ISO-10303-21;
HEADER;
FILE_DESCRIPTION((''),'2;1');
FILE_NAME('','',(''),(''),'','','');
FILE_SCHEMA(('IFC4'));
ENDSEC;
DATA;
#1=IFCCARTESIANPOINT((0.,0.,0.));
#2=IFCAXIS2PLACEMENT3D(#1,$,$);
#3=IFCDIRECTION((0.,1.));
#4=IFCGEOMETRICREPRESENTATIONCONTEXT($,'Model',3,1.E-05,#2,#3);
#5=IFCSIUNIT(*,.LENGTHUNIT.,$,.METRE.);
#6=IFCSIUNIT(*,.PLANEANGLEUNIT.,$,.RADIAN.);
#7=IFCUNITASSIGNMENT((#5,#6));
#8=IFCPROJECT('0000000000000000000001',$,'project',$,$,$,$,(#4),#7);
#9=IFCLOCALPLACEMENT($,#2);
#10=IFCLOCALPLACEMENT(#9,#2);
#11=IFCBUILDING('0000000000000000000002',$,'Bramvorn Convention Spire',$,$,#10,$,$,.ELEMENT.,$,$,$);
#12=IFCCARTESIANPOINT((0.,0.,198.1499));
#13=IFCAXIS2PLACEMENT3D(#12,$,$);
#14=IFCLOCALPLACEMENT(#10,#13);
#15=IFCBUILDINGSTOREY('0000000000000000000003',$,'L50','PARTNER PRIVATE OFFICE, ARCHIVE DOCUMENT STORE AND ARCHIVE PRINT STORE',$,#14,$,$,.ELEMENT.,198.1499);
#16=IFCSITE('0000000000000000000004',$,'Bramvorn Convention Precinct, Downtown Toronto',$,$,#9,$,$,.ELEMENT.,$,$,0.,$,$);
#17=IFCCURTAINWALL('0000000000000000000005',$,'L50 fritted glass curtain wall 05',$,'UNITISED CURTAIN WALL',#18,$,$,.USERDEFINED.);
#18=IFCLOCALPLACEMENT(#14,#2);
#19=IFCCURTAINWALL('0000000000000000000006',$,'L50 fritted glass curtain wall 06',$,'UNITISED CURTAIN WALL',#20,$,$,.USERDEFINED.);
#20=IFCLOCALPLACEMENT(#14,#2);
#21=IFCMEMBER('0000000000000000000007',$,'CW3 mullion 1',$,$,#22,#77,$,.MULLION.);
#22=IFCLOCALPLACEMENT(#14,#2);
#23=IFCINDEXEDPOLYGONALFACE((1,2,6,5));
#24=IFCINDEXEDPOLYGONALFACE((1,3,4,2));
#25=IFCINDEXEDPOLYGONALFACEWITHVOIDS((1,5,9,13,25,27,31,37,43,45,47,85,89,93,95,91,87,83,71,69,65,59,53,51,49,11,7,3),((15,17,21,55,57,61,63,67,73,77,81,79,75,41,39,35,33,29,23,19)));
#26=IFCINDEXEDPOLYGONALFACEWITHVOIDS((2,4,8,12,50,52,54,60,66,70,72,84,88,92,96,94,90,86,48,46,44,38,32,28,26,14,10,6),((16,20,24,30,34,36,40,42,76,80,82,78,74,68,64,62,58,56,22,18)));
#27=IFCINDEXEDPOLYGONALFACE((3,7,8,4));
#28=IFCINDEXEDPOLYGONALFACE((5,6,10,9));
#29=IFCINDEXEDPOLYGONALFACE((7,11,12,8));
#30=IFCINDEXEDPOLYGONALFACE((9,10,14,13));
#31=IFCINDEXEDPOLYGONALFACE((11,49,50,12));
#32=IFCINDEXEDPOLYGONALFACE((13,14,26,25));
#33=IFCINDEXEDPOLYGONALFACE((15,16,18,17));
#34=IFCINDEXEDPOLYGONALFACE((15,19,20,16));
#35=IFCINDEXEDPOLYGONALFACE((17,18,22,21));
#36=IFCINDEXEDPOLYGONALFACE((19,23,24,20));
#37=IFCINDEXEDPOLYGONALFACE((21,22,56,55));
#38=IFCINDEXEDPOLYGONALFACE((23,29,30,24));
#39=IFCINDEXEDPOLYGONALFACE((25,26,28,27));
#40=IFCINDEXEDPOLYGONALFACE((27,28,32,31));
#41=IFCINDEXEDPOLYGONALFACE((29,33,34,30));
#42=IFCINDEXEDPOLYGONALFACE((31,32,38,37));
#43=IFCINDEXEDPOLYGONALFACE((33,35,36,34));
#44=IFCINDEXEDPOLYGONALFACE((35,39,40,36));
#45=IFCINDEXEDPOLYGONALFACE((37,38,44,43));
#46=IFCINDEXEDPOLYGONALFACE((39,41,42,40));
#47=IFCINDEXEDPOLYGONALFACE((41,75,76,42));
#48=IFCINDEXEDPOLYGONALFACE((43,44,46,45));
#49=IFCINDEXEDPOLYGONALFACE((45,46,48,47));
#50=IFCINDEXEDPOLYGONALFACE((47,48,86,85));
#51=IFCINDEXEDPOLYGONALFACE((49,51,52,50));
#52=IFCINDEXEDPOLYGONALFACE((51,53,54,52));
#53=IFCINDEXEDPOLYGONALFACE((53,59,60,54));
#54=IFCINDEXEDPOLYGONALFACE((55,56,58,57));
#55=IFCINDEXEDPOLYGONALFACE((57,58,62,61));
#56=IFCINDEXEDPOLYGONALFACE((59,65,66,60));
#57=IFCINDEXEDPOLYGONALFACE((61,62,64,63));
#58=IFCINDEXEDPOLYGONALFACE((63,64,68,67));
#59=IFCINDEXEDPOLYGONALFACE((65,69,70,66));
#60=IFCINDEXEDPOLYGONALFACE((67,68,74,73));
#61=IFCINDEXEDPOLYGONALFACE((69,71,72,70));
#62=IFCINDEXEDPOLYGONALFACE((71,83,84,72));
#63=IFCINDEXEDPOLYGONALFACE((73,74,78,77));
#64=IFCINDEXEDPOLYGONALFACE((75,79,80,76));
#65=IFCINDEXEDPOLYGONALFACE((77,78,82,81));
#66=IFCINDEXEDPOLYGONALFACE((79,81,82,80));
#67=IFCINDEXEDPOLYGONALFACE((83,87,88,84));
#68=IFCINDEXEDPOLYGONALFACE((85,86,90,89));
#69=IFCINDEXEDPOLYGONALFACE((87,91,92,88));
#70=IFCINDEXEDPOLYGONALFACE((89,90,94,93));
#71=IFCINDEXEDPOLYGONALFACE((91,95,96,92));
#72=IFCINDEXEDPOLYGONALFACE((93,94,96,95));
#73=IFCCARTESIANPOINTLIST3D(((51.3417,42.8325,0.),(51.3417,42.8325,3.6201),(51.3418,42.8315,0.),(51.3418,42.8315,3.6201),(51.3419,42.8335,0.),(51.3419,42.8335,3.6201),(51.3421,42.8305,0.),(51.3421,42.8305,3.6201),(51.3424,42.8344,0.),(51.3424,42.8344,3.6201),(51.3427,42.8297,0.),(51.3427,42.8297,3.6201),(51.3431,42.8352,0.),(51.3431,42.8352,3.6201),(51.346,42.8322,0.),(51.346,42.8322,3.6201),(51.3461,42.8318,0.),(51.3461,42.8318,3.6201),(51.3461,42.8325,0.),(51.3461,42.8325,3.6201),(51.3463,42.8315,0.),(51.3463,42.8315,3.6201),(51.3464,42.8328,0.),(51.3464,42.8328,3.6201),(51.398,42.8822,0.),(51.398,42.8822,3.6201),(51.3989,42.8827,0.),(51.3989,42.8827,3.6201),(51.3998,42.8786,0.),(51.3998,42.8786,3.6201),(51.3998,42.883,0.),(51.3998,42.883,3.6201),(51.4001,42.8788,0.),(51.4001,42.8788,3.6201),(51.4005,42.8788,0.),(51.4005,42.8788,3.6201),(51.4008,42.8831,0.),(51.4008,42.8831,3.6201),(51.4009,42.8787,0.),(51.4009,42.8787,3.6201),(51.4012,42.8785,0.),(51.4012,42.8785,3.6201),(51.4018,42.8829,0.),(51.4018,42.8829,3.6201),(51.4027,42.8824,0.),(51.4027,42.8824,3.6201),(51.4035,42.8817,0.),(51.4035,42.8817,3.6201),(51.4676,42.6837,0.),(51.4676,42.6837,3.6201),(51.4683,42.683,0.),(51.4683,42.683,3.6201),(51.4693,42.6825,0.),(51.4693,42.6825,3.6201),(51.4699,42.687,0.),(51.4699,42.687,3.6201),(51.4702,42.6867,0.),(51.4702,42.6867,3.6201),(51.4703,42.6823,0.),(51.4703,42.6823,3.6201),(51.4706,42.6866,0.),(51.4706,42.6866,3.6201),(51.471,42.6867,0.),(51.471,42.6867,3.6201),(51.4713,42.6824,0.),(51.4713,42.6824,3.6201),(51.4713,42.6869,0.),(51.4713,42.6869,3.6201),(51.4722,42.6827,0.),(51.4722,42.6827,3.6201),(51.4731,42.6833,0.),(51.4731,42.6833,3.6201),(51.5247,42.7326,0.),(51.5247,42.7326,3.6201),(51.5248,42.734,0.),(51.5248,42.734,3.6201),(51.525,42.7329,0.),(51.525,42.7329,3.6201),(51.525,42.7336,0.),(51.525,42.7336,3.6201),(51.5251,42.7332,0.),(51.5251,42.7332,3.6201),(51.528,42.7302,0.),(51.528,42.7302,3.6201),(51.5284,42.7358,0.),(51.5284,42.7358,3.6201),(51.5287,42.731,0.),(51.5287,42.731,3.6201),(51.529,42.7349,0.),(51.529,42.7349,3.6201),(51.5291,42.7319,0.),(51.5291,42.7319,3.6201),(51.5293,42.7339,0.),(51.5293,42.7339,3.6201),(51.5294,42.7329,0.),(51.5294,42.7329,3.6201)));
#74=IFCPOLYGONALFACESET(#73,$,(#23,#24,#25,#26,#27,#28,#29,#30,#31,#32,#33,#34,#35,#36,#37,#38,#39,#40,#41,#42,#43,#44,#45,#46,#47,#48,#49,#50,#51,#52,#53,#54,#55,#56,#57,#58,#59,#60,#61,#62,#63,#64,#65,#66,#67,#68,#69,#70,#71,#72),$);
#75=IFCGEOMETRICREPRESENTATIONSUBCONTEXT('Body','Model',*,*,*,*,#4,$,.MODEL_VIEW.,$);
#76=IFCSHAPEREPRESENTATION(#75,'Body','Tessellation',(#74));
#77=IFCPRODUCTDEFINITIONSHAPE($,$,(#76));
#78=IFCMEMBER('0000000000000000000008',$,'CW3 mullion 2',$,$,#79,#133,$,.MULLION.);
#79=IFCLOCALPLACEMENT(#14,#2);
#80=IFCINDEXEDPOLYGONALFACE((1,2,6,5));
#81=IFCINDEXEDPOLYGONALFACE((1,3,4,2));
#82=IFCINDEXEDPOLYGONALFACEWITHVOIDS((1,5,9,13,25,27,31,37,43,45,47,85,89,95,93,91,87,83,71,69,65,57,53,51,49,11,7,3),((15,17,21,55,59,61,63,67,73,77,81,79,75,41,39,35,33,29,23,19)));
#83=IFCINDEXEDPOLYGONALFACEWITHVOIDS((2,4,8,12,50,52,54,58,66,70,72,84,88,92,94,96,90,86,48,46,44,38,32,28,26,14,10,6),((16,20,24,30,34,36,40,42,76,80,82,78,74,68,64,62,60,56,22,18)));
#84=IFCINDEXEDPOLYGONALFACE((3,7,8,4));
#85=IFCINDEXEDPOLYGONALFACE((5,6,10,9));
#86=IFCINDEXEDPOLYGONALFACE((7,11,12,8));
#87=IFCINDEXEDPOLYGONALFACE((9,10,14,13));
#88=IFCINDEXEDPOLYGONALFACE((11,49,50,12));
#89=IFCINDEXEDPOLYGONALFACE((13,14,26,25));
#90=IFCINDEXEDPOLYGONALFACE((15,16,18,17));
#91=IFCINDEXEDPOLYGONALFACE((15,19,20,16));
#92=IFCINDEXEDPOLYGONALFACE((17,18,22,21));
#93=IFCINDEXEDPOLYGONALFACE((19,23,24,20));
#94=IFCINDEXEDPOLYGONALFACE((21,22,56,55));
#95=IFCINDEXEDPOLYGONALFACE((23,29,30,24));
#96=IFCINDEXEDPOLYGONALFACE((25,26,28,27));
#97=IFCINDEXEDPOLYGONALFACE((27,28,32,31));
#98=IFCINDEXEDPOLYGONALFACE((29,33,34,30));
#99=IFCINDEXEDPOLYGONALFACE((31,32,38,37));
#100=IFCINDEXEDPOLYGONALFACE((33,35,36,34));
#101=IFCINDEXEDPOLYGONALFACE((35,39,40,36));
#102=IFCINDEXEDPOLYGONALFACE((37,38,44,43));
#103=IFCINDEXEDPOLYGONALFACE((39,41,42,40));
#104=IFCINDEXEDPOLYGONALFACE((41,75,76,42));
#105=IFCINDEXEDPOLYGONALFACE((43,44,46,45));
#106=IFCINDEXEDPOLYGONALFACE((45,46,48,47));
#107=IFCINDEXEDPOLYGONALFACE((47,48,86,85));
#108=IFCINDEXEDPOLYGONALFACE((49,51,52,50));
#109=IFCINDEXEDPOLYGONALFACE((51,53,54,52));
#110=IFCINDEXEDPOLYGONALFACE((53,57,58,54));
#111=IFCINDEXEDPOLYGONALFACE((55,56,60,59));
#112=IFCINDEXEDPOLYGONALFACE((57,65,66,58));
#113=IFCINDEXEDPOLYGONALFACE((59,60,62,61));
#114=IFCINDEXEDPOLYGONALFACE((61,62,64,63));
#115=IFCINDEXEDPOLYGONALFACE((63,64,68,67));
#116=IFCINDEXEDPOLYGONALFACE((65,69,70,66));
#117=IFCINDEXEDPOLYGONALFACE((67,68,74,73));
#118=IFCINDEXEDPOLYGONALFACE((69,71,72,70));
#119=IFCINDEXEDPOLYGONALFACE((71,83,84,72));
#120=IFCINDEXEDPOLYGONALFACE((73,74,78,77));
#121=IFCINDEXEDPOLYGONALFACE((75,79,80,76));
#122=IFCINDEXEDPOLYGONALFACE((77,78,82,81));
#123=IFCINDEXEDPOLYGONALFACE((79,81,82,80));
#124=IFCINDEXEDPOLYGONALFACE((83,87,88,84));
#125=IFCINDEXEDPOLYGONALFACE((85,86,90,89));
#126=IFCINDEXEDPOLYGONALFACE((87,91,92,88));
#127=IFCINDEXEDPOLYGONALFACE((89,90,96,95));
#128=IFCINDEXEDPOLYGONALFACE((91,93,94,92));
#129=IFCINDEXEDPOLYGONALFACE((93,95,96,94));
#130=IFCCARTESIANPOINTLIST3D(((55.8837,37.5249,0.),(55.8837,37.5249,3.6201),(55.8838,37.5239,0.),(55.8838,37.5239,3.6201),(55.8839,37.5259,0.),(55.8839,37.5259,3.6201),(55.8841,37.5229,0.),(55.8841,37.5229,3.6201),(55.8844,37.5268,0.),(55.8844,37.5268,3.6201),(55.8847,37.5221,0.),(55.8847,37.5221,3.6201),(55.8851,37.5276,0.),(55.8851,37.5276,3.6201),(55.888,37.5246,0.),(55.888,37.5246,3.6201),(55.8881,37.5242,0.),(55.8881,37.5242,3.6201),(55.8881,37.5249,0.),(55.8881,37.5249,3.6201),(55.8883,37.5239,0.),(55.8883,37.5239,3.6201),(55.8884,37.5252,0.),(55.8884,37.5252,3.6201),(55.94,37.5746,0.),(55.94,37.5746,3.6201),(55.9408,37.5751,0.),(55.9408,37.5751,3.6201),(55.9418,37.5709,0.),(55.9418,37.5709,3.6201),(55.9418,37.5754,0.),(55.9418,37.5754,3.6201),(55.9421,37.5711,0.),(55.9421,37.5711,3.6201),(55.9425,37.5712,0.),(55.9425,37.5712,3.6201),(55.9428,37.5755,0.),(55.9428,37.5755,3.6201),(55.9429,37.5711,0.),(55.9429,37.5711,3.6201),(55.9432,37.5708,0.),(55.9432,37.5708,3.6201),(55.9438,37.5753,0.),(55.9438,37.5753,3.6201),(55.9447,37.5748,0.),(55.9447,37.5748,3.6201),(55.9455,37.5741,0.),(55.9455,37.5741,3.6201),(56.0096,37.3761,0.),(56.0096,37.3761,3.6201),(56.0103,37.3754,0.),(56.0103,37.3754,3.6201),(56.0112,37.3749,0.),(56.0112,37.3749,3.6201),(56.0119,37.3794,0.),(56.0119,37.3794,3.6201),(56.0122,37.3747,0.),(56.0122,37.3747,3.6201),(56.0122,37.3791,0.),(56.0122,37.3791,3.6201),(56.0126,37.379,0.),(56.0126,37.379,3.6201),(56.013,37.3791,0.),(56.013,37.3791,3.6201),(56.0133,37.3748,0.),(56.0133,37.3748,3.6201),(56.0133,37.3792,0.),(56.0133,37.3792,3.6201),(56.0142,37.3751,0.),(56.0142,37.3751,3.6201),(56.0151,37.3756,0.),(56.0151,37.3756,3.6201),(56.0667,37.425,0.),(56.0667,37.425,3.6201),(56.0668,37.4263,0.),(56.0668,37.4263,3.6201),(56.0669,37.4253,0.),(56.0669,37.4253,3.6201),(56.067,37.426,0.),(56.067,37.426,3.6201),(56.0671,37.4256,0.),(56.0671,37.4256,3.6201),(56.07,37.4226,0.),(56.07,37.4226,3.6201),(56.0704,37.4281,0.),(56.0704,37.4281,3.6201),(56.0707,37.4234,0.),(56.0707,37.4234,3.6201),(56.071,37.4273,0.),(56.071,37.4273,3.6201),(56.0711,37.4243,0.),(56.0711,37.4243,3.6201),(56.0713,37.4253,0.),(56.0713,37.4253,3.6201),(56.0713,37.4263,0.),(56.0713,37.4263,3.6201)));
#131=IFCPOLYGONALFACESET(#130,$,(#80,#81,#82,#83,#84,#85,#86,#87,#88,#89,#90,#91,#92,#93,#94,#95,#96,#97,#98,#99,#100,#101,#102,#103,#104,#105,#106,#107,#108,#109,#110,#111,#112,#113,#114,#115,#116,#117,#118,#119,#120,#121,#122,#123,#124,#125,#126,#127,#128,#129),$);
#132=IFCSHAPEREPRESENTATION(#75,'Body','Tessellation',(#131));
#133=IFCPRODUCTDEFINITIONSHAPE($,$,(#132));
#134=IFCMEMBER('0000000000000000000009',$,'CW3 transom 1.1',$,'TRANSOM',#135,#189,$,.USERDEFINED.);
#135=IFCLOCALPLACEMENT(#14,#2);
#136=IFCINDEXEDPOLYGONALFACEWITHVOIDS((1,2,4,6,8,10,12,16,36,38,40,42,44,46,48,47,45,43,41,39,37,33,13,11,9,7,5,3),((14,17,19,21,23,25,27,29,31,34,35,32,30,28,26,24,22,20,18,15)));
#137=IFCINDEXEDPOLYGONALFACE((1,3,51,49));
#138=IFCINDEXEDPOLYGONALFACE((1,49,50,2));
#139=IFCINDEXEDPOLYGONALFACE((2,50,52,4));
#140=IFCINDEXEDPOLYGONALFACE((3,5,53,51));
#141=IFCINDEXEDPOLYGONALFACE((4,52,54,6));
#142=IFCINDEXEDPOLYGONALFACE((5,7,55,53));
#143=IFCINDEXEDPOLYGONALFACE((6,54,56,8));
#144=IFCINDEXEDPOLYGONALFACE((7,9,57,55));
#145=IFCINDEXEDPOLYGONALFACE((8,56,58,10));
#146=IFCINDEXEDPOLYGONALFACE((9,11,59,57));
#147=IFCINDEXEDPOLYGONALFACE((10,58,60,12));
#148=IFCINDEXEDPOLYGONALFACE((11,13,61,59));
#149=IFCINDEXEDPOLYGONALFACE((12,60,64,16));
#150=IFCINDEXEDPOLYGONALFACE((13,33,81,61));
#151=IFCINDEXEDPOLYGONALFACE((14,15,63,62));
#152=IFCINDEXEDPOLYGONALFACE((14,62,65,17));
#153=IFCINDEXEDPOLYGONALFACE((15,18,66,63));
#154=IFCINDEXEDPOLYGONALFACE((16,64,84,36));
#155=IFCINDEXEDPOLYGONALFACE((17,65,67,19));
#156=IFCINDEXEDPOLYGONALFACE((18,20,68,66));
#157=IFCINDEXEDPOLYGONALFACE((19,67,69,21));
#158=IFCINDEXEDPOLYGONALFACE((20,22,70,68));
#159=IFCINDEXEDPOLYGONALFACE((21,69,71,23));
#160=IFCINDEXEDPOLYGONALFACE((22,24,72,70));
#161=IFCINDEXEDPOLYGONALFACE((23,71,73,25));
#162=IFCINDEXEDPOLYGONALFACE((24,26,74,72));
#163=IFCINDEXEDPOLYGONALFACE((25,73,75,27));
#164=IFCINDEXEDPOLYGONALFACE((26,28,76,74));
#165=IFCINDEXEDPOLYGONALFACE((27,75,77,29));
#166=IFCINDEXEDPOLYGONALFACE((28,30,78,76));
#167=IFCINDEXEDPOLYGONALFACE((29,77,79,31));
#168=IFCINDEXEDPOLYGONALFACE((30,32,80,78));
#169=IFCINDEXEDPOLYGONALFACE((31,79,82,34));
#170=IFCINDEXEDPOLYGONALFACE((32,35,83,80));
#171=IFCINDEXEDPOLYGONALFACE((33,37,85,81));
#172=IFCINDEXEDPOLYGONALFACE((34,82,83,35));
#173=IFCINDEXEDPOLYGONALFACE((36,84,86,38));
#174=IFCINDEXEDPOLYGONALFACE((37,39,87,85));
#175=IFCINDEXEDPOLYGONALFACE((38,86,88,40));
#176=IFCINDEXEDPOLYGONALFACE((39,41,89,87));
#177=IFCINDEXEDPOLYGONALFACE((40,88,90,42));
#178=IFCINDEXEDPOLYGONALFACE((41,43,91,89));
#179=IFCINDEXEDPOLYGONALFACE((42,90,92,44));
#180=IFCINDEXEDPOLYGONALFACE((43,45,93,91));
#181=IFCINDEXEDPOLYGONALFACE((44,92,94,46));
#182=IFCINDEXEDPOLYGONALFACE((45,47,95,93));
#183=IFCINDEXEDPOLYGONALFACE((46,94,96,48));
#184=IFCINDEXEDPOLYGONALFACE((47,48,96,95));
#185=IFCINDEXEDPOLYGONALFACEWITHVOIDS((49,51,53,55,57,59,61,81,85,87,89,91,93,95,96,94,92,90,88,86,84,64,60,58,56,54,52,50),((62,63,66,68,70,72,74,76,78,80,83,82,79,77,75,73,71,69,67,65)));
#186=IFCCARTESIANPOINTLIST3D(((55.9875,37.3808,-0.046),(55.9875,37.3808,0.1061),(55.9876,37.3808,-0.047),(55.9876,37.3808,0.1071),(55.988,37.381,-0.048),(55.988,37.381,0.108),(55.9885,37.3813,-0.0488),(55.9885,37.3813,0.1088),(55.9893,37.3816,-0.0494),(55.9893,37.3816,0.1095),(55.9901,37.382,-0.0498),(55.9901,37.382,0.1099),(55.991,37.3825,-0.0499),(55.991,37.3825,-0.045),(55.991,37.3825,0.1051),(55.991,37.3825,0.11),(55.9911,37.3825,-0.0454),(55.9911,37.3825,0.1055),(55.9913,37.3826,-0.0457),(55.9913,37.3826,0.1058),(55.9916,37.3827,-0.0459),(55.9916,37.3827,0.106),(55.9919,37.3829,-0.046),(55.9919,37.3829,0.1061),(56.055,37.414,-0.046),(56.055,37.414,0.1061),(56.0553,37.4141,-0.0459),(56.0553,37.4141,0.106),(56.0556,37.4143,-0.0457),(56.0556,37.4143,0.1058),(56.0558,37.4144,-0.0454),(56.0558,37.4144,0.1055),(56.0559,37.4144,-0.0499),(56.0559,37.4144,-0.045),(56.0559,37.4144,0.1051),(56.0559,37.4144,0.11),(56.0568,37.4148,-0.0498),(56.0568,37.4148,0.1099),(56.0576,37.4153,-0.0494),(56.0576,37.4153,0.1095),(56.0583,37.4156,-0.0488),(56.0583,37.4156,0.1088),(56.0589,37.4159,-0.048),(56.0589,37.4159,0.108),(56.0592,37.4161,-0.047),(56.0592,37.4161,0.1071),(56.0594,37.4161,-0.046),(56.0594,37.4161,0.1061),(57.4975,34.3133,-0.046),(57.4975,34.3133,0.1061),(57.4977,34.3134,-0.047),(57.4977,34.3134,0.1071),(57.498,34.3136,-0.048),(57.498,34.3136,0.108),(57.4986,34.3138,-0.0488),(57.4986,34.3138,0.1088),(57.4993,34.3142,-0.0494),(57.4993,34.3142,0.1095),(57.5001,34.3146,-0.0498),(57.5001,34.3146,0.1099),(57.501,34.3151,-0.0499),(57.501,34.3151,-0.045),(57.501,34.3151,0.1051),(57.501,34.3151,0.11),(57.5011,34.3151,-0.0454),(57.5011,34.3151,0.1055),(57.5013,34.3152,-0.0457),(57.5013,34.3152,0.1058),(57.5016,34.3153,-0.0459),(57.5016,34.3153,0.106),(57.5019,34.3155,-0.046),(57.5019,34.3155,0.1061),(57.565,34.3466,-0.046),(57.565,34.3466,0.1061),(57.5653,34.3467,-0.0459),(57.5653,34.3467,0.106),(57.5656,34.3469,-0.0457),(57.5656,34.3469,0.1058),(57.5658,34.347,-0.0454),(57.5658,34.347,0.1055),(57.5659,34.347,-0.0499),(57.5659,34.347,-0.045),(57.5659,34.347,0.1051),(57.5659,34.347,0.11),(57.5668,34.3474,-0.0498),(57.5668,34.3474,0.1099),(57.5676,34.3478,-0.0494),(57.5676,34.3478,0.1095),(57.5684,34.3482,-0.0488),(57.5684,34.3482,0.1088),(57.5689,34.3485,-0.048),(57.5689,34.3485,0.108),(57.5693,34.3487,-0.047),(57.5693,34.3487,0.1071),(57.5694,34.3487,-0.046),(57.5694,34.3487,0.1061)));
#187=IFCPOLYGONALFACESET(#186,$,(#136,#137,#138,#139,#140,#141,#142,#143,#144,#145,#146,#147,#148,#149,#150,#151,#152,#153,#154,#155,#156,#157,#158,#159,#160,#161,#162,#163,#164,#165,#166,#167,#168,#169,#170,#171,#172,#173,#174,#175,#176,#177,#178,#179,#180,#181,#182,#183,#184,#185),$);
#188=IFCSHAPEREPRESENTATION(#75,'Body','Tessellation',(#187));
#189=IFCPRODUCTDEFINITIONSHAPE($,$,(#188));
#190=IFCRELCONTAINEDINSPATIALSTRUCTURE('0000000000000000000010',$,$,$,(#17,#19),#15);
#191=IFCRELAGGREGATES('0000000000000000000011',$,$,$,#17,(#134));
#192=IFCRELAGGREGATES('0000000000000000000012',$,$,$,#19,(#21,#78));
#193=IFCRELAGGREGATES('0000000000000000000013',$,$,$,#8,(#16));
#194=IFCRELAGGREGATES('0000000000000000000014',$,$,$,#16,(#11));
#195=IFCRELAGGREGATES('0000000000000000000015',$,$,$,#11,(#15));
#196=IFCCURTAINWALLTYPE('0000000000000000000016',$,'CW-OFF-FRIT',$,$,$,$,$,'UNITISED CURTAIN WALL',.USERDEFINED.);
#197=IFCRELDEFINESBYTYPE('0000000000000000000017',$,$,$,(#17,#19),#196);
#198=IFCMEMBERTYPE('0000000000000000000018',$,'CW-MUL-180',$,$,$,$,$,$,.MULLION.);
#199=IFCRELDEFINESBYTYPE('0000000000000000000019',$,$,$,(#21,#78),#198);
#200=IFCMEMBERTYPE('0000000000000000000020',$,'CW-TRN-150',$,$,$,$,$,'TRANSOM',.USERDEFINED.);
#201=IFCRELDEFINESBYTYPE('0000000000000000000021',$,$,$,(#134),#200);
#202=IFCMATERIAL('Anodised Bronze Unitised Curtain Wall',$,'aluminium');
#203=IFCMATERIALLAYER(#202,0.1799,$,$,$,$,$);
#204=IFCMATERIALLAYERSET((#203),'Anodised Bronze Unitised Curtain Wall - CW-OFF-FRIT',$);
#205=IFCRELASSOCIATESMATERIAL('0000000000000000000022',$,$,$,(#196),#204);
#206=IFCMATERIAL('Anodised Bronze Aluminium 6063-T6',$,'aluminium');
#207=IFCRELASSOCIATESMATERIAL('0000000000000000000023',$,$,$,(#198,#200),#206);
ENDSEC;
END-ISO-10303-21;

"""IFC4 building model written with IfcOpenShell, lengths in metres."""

from ifc_helpers import new_model, si_unit, direction, frame, origin, origin_2d, place, context, subcontext, project, spatial, hollow_rectangle, extrude, material, layer, layer_set, material_profile, profile_set, type_object, element, aggregate, save


model = new_model("IFC4")

# Units and contexts
model_context = context("Model", 3, precision=1e-05, world=origin(), true_north=direction((0.0, 1.0)))
body_context = subcontext(model_context, "Body", "Model", "MODEL_VIEW")
ifc_project = project(units=[si_unit("LENGTHUNIT", "METRE"), si_unit("PLANEANGLEUNIT", "RADIAN")], contexts=[model_context])

# Site, building, storey
site_placement = place(None, origin())
site = spatial("IfcSite", under=ifc_project, at=site_placement, Name="Bramvorn Convention Precinct, Downtown Toronto", CompositionType="ELEMENT", RefElevation=0.0)
building_placement = place(site_placement, origin())
building = spatial("IfcBuilding", under=site, at=building_placement, Name="Bramvorn Convention Spire", CompositionType="ELEMENT")
storey_placement = place(building_placement, frame((0.0, 0.0, 198.1499)))
storey = spatial("IfcBuildingStorey", under=building, at=storey_placement, Name="L50", Description="PARTNER PRIVATE OFFICE, ARCHIVE DOCUMENT STORE AND ARCHIVE PRINT STORE", CompositionType="ELEMENT", Elevation=198.1499)

# Curtain walls, members
ifc_material_1 = material(Name="Anodised Bronze Unitised Curtain Wall", Category="aluminium")
ifc_layer_1 = layer(ifc_material_1, 0.1799)
ifc_layer_set_1 = layer_set([ifc_layer_1], Name="Anodised Bronze Unitised Curtain Wall - CW-OFF-FRIT")
curtain_wall_type = type_object("IfcCurtainWallType", Name="CW-OFF-FRIT", ElementType="UNITISED CURTAIN WALL", PredefinedType="USERDEFINED", material=ifc_layer_set_1)
curtain_wall_1_placement = place(storey_placement, origin())
curtain_wall_1 = element("IfcCurtainWall", 1, at=curtain_wall_1_placement, inside=storey, type_object=curtain_wall_type, Name="L50 fritted glass curtain wall 05", ObjectType="UNITISED CURTAIN WALL", PredefinedType="USERDEFINED")
ifc_material_2 = material(Name="Anodised Bronze Aluminium 6063-T6", Category="aluminium")
ifc_material_profile_1 = material_profile(ifc_material_2, hollow_rectangle(XDim=0.0801, YDim=0.2, WallThickness=0.0039, InnerFilletRadius=0.001, OuterFilletRadius=0.0039, at=origin_2d()))
ifc_profile_set_1 = profile_set([ifc_material_profile_1], Name="Anodised Bronze Aluminium 6063-T6 - CWM80X200")
member_type_1 = type_object("IfcMemberType", Name="CW-MUL-180", PredefinedType="MULLION", material=ifc_profile_set_1)
curtain_wall_2_placement = place(storey_placement, origin())
curtain_wall_2 = element("IfcCurtainWall", 2, at=curtain_wall_2_placement, inside=storey, type_object=curtain_wall_type, Name="L50 fritted glass curtain wall 06", ObjectType="UNITISED CURTAIN WALL", PredefinedType="USERDEFINED")
member_1_placement = place(storey_placement, frame((51.4355, 42.7827, 0.0), z_axis=(0.0, 0.0, 1.0), x_axis=(0.759786, 0.650173, 0.0)))
member_1 = element("IfcMember", 3, at=member_1_placement, type_object=member_type_1, Name="CW3 mullion 1", PredefinedType="MULLION", context=body_context, shape_type="SweptSolid", body=[
    extrude(hollow_rectangle(XDim=0.0801, YDim=0.2, WallThickness=0.0039, InnerFilletRadius=0.001, OuterFilletRadius=0.0039, at=origin_2d()), origin(), (0.0, 0.0, 1.0), 3.6201),
])
member_2_placement = place(storey_placement, frame((55.9775, 37.4751, 0.0), z_axis=(0.0, 0.0, 1.0), x_axis=(0.759786, 0.650173, 0.0)))
member_2 = element("IfcMember", 4, at=member_2_placement, type_object=member_type_1, Name="CW3 mullion 2", PredefinedType="MULLION", context=body_context, shape_type="SweptSolid", body=[
    extrude(hollow_rectangle(XDim=0.0801, YDim=0.2, WallThickness=0.0039, InnerFilletRadius=0.001, OuterFilletRadius=0.0039, at=origin_2d()), origin(), (0.0, 0.0, 1.0), 3.6201),
])

# Member
ifc_material_profile_2 = material_profile(ifc_material_2, hollow_rectangle(XDim=0.0801, YDim=0.1599, WallThickness=0.0039, InnerFilletRadius=0.001, OuterFilletRadius=0.0039, at=origin_2d()))
ifc_profile_set_2 = profile_set([ifc_material_profile_2], Name="Anodised Bronze Aluminium 6063-T6 - CWT80X160")
member_type_2 = type_object("IfcMemberType", Name="CW-TRN-150", ElementType="TRANSOM", PredefinedType="USERDEFINED", material=ifc_profile_set_2)
member_3_placement = place(storey_placement, frame((56.0234, 37.3984, 0.03), z_axis=(0.441664, -0.897181, 0.0), x_axis=(0.897181, 0.441664, 0.0)))
member_3 = element("IfcMember", 5, at=member_3_placement, type_object=member_type_2, Name="CW3 transom 1.1", ObjectType="TRANSOM", PredefinedType="USERDEFINED", context=body_context, shape_type="SweptSolid", body=[
    extrude(hollow_rectangle(XDim=0.0801, YDim=0.1599, WallThickness=0.0039, InnerFilletRadius=0.001, OuterFilletRadius=0.0039, at=origin_2d()), origin(), (0.0, 0.0, 1.0), 3.4189),
])

aggregate(curtain_wall_1, [member_3])
aggregate(curtain_wall_2, [member_1, member_2])

save(model, "model.ifc")
